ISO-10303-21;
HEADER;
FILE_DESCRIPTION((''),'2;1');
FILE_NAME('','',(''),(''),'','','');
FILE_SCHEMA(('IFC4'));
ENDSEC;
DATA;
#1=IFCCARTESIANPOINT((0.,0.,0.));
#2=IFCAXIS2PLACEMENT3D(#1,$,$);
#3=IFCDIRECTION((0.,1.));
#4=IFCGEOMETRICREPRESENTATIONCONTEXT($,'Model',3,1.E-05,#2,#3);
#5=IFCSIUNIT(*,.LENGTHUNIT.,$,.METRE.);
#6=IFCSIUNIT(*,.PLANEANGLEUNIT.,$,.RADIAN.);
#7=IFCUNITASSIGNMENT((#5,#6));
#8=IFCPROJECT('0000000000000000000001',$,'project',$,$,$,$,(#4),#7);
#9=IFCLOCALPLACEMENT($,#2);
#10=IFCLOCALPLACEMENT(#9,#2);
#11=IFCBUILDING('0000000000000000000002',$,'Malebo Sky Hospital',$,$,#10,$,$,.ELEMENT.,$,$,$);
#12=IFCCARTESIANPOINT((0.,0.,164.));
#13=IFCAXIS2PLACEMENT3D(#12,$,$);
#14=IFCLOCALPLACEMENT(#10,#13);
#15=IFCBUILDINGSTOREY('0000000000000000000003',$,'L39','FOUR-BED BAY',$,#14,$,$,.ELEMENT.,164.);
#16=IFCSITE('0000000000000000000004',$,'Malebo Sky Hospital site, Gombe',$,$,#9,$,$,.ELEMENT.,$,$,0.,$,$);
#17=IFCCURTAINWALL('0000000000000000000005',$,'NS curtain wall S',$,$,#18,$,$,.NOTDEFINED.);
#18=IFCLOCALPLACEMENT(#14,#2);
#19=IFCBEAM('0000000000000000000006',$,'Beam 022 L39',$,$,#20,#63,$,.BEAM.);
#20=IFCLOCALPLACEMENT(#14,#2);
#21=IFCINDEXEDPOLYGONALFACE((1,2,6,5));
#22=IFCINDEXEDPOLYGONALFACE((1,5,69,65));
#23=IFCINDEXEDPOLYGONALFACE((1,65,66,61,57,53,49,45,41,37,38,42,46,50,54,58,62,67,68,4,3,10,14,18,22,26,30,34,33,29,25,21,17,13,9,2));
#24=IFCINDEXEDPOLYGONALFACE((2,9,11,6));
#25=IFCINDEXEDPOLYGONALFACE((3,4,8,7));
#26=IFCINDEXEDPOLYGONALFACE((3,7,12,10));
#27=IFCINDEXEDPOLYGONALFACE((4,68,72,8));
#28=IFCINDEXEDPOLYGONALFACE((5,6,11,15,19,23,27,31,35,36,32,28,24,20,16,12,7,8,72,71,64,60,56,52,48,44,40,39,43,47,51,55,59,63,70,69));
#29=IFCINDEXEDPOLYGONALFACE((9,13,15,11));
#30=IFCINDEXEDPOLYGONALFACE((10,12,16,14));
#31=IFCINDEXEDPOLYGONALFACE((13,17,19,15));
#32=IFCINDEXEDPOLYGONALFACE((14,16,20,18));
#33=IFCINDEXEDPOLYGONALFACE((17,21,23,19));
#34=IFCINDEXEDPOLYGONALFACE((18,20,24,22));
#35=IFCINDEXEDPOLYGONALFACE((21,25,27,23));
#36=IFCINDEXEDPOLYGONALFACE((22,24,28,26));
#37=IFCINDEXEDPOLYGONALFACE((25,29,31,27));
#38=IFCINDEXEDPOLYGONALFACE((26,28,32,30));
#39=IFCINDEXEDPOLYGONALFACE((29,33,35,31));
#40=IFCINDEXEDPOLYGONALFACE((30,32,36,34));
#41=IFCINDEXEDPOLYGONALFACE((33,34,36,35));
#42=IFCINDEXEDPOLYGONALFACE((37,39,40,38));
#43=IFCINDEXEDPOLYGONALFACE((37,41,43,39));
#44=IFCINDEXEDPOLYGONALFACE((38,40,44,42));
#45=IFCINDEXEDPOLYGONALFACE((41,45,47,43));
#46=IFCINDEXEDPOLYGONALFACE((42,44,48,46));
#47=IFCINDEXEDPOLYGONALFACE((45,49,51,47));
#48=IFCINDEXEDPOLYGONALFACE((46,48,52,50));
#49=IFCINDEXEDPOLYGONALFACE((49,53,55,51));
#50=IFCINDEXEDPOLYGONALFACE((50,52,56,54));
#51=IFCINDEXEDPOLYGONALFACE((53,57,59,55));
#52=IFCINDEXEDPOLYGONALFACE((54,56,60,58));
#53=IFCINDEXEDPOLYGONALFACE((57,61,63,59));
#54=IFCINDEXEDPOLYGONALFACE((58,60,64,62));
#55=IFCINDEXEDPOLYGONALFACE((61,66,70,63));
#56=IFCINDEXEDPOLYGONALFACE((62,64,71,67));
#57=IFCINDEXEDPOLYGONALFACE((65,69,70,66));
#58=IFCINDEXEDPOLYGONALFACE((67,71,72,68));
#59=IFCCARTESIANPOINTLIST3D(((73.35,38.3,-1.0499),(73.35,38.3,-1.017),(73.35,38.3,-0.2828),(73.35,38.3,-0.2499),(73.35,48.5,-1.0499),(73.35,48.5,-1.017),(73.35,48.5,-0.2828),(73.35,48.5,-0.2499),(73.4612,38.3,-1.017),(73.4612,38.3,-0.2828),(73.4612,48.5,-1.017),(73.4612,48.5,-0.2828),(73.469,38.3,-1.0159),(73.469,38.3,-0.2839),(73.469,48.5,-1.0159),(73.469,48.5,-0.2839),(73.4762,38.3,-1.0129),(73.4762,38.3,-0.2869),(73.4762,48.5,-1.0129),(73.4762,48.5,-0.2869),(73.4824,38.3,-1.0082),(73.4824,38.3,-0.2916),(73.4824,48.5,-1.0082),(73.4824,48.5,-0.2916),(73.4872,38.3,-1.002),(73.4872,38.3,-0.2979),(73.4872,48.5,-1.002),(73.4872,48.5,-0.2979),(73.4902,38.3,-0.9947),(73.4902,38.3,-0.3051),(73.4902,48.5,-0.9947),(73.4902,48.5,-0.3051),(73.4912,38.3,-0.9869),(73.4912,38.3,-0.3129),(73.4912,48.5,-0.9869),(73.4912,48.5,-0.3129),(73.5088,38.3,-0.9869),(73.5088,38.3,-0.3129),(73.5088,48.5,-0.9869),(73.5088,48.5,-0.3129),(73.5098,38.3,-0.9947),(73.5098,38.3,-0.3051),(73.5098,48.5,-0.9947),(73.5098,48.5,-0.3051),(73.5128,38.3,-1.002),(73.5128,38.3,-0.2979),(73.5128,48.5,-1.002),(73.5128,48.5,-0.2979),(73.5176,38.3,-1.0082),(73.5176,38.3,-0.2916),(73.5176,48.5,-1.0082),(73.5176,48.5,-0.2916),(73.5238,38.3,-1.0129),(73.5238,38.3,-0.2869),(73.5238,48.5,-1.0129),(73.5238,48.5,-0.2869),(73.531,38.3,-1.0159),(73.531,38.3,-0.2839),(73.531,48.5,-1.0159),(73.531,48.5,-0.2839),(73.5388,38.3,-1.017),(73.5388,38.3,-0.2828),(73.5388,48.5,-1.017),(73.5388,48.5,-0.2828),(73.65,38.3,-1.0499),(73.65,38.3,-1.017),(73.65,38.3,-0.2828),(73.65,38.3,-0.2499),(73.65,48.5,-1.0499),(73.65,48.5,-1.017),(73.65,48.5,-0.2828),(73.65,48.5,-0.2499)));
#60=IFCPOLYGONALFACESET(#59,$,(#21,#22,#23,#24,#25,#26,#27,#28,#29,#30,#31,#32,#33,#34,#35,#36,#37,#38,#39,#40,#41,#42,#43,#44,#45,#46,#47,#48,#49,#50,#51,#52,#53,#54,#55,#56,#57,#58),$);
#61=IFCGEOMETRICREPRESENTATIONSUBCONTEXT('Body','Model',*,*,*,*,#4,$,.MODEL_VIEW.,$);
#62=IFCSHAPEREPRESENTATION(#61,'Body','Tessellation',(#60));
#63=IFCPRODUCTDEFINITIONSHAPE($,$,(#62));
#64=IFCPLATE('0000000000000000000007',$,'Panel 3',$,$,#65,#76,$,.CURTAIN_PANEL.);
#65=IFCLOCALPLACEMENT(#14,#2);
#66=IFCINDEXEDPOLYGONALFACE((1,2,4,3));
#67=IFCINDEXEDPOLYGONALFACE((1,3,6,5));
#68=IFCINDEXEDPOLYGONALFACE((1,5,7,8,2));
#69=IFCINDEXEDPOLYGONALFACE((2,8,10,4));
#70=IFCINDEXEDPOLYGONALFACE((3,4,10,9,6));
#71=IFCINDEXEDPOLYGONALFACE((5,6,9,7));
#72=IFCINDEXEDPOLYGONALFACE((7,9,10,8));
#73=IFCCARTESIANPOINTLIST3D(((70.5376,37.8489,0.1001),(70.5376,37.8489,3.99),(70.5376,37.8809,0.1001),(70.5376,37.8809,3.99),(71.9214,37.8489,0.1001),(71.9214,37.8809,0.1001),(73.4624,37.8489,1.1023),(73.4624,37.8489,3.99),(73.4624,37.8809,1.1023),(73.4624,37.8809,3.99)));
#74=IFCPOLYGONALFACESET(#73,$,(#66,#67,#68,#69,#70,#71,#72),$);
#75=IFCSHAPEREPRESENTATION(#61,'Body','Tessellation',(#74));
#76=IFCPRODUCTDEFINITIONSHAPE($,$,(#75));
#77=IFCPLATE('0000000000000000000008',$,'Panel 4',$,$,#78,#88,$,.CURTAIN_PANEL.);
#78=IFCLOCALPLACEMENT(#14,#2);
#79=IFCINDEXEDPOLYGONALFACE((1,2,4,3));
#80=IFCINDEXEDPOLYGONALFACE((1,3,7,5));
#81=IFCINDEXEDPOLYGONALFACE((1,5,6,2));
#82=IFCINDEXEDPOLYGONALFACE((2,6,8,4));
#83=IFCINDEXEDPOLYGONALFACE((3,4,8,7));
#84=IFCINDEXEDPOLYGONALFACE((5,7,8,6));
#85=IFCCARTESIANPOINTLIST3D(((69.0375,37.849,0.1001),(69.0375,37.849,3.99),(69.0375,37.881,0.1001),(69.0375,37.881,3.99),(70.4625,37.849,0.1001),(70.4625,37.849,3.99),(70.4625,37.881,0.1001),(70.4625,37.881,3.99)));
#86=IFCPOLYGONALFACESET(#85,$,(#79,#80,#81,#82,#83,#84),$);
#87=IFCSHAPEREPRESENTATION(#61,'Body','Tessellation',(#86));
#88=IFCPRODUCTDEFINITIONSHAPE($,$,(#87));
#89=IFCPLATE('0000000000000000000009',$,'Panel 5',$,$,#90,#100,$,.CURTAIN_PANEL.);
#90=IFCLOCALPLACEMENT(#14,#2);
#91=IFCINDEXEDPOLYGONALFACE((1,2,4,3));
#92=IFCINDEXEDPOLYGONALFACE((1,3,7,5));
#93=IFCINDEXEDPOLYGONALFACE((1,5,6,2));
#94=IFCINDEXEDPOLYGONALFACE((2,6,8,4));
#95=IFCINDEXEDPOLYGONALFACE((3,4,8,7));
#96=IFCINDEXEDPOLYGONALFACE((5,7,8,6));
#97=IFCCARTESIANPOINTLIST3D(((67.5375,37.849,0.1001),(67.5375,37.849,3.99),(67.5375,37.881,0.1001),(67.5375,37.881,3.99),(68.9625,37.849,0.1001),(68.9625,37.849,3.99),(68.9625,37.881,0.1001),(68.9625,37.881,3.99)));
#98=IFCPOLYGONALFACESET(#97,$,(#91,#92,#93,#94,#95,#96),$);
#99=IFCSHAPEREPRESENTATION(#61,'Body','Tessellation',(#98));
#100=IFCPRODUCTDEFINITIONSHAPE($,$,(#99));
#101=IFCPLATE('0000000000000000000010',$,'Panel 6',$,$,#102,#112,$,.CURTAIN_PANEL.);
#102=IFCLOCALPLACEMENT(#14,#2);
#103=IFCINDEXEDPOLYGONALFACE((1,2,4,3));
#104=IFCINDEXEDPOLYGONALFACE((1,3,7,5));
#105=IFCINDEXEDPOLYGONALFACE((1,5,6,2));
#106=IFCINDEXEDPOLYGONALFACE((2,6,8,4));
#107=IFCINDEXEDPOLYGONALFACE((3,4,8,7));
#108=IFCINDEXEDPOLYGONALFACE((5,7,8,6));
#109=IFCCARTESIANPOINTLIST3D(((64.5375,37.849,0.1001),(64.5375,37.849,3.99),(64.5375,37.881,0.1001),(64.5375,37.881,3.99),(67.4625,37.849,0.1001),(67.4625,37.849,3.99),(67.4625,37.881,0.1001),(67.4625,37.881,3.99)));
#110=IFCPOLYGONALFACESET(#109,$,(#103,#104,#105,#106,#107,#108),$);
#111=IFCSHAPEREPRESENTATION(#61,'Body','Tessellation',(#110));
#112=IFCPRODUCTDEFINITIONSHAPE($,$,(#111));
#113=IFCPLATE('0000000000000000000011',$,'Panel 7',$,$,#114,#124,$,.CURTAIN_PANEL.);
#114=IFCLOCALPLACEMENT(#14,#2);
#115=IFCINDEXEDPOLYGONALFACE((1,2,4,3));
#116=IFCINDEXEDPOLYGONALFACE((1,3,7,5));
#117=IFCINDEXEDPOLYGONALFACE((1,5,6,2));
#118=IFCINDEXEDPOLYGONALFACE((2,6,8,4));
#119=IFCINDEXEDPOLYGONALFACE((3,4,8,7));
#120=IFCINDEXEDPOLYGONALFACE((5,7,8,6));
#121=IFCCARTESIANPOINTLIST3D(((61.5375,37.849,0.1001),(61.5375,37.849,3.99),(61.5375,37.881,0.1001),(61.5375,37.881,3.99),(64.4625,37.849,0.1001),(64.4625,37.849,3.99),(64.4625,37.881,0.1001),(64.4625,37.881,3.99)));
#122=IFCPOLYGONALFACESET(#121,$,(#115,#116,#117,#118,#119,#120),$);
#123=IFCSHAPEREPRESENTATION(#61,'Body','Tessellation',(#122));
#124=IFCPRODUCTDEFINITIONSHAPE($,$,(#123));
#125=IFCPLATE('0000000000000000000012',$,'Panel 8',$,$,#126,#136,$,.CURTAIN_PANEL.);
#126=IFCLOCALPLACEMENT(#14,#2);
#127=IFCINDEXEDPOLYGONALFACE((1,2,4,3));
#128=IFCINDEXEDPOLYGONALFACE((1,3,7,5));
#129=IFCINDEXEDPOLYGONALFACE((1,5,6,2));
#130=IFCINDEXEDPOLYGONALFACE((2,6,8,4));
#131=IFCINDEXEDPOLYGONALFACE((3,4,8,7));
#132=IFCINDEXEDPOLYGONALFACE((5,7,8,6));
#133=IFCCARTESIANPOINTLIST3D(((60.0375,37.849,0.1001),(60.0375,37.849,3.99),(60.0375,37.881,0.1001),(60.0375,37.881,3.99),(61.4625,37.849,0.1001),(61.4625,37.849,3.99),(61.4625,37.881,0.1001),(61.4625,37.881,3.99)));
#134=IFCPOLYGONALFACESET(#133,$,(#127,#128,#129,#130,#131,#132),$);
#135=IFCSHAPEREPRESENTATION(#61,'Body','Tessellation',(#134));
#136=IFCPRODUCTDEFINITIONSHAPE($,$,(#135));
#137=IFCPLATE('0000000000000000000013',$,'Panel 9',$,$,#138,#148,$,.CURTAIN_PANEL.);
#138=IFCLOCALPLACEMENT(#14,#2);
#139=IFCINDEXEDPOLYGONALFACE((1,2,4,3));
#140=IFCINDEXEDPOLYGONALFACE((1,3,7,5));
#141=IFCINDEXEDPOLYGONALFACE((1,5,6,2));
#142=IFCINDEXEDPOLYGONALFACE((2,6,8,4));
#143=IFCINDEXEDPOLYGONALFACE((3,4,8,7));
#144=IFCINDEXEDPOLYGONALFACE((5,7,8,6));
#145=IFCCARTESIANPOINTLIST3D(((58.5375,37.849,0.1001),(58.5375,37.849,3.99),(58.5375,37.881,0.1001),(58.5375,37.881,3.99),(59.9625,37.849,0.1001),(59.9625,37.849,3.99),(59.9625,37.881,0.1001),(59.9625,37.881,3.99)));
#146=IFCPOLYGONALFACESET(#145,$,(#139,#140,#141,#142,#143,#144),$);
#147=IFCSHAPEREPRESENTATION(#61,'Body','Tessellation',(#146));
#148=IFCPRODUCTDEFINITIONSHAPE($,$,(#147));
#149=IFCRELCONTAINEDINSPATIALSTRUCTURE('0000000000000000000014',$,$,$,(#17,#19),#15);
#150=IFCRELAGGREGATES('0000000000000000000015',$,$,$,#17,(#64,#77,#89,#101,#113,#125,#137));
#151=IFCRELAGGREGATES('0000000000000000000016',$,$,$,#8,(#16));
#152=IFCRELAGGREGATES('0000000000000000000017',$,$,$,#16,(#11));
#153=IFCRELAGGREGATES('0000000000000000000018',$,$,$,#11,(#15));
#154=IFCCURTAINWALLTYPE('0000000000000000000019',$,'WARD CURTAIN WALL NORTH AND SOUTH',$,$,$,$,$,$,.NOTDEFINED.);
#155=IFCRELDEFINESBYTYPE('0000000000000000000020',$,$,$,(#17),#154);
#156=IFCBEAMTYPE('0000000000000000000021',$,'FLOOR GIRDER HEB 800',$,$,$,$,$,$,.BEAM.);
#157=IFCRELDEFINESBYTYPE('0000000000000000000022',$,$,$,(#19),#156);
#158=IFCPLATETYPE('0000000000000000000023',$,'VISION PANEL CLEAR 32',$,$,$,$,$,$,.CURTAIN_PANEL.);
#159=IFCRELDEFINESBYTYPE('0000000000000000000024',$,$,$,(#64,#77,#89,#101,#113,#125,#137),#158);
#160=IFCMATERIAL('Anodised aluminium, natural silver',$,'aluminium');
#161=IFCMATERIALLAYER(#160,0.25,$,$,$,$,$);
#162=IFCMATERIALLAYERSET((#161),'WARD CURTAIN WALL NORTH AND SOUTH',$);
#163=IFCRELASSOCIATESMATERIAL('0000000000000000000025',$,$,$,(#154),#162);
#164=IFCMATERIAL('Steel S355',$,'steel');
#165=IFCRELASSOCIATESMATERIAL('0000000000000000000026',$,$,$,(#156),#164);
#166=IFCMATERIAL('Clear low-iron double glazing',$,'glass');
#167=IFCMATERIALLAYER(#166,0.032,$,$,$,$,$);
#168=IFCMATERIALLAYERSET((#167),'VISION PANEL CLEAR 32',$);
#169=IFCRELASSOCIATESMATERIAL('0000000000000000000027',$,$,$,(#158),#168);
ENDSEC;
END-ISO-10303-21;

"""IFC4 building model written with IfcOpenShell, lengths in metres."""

from ifc_helpers import new_model, si_unit, direction, frame, origin, origin_2d, place, context, subcontext, project, spatial, polyline, rectangle, i_section, outline, extrude, material, layer, layer_set, material_profile, profile_set, type_object, element, aggregate, save


model = new_model("IFC4")

# Units and contexts
model_context = context("Model", 3, precision=1e-05, world=origin(), true_north=direction((0.0, 1.0)))
body_context = subcontext(model_context, "Body", "Model", "MODEL_VIEW")
ifc_project = project(units=[si_unit("LENGTHUNIT", "METRE"), si_unit("PLANEANGLEUNIT", "RADIAN")], contexts=[model_context])

# Site, building, storey
site_placement = place(None, origin())
site = spatial("IfcSite", under=ifc_project, at=site_placement, Name="Malebo Sky Hospital site, Gombe", CompositionType="ELEMENT", RefElevation=0.0)
building_placement = place(site_placement, origin())
building = spatial("IfcBuilding", under=site, at=building_placement, Name="Malebo Sky Hospital", CompositionType="ELEMENT")
storey_placement = place(building_placement, frame((0.0, 0.0, 164.0)))
storey = spatial("IfcBuildingStorey", under=building, at=storey_placement, Name="L39", Description="FOUR-BED BAY", CompositionType="ELEMENT", Elevation=164.0)

# Curtain wall
ifc_material_1 = material(Name="Anodised aluminium, natural silver", Category="aluminium")
ifc_layer_1 = layer(ifc_material_1, 0.25)
ifc_layer_set_1 = layer_set([ifc_layer_1], Name="WARD CURTAIN WALL NORTH AND SOUTH")
curtain_wall_type = type_object("IfcCurtainWallType", Name="WARD CURTAIN WALL NORTH AND SOUTH", PredefinedType="NOTDEFINED", material=ifc_layer_set_1)
curtain_wall_placement = place(storey_placement, origin())
curtain_wall = element("IfcCurtainWall", 1, at=curtain_wall_placement, inside=storey, type_object=curtain_wall_type, Name="NS curtain wall S", PredefinedType="NOTDEFINED")

# Shared definitions
ifc_material_2 = material(Name="Steel S355", Category="steel")

# Beam
ifc_material_profile_1 = material_profile(ifc_material_2, i_section(OverallWidth=0.3, OverallDepth=0.8, WebThickness=0.0176, FlangeThickness=0.033, FilletRadius=0.03, at=origin_2d()), Name="HEB 800")
ifc_profile_set_1 = profile_set([ifc_material_profile_1], Name="Steel S355")
beam_type_1 = type_object("IfcBeamType", Name="FLOOR GIRDER HEB 800", PredefinedType="BEAM", material=ifc_profile_set_1)
beam_1_placement = place(storey_placement, frame((73.5, 38.3, -0.6499), z_axis=(0.0, 1.0, 0.0), x_axis=(-1.0, 0.0, 0.0)))
element("IfcBeam", 2, at=beam_1_placement, inside=storey, type_object=beam_type_1, Name="Beam 022 L39", PredefinedType="BEAM", context=body_context, shape_type="SweptSolid", body=[
    extrude(i_section(OverallWidth=0.3, OverallDepth=0.8, WebThickness=0.0176, FlangeThickness=0.033, FilletRadius=0.03, at=origin_2d()), origin(), (0.0, 0.0, 1.0), 10.2),
])

# Plates
ifc_material_3 = material(Name="Clear low-iron double glazing", Category="glass")
ifc_layer_2 = layer(ifc_material_3, 0.032)
ifc_layer_set_2 = layer_set([ifc_layer_2], Name="VISION PANEL CLEAR 32")
plate_type = type_object("IfcPlateType", Name="VISION PANEL CLEAR 32", PredefinedType="CURTAIN_PANEL", material=ifc_layer_set_2)
plate_1_placement = place(storey_placement, frame((72.0, 37.865, 0.1001), z_axis=(0.0, 0.0, 1.0), x_axis=(-1.0, 0.0, 0.0)))
plate_1 = element("IfcPlate", 3, at=plate_1_placement, type_object=plate_type, Name="Panel 3", PredefinedType="CURTAIN_PANEL", context=body_context, shape_type="SweptSolid", body=[
    extrude(outline(polyline([(0.0786, 0.0), (1.4624, 0.0), (1.4624, 3.8899), (-1.4624, 3.8899), (-1.4624, 1.0022), (0.0786, 0.0)])), frame((0.0, 0.0161, 0.0), z_axis=(0.0, -1.0, 0.0), x_axis=(1.0, 0.0, 0.0)), (0.0, 0.0, 1.0), 0.032),
])
plate_2_placement = place(storey_placement, frame((69.75, 37.865, 0.1001), z_axis=(0.0, 0.0, 1.0), x_axis=(-1.0, 0.0, 0.0)))
plate_2 = element("IfcPlate", 4, at=plate_2_placement, type_object=plate_type, Name="Panel 4", PredefinedType="CURTAIN_PANEL", context=body_context, shape_type="SweptSolid", body=[
    extrude(rectangle(XDim=1.425, YDim=0.032, at=origin_2d()), origin(), (0.0, 0.0, 1.0), 3.8899),
])
plate_3_placement = place(storey_placement, frame((68.25, 37.865, 0.1001), z_axis=(0.0, 0.0, 1.0), x_axis=(-1.0, 0.0, 0.0)))
plate_3 = element("IfcPlate", 5, at=plate_3_placement, type_object=plate_type, Name="Panel 5", PredefinedType="CURTAIN_PANEL", context=body_context, shape_type="SweptSolid", body=[
    extrude(rectangle(XDim=1.425, YDim=0.032, at=origin_2d()), origin(), (0.0, 0.0, 1.0), 3.8899),
])
plate_4_placement = place(storey_placement, frame((66.0, 37.865, 0.1001), z_axis=(0.0, 0.0, 1.0), x_axis=(-1.0, 0.0, 0.0)))
plate_4 = element("IfcPlate", 6, at=plate_4_placement, type_object=plate_type, Name="Panel 6", PredefinedType="CURTAIN_PANEL", context=body_context, shape_type="SweptSolid", body=[
    extrude(rectangle(XDim=2.925, YDim=0.032, at=origin_2d()), origin(), (0.0, 0.0, 1.0), 3.8899),
])
plate_5_placement = place(storey_placement, frame((63.0, 37.865, 0.1001), z_axis=(0.0, 0.0, 1.0), x_axis=(-1.0, 0.0, 0.0)))
plate_5 = element("IfcPlate", 7, at=plate_5_placement, type_object=plate_type, Name="Panel 7", PredefinedType="CURTAIN_PANEL", context=body_context, shape_type="SweptSolid", body=[
    extrude(rectangle(XDim=2.925, YDim=0.032, at=origin_2d()), origin(), (0.0, 0.0, 1.0), 3.8899),
])
plate_6_placement = place(storey_placement, frame((60.75, 37.865, 0.1001), z_axis=(0.0, 0.0, 1.0), x_axis=(-1.0, 0.0, 0.0)))
plate_6 = element("IfcPlate", 8, at=plate_6_placement, type_object=plate_type, Name="Panel 8", PredefinedType="CURTAIN_PANEL", context=body_context, shape_type="SweptSolid", body=[
    extrude(rectangle(XDim=1.425, YDim=0.032, at=origin_2d()), origin(), (0.0, 0.0, 1.0), 3.8899),
])
plate_7_placement = place(storey_placement, frame((59.25, 37.865, 0.1001), z_axis=(0.0, 0.0, 1.0), x_axis=(-1.0, 0.0, 0.0)))
plate_7 = element("IfcPlate", 9, at=plate_7_placement, type_object=plate_type, Name="Panel 9", PredefinedType="CURTAIN_PANEL", context=body_context, shape_type="SweptSolid", body=[
    extrude(rectangle(XDim=1.425, YDim=0.032, at=origin_2d()), origin(), (0.0, 0.0, 1.0), 3.8899),
])
aggregate(curtain_wall, [plate_1, plate_2, plate_3, plate_4, plate_5, plate_6, plate_7])

save(model, "model.ifc")
